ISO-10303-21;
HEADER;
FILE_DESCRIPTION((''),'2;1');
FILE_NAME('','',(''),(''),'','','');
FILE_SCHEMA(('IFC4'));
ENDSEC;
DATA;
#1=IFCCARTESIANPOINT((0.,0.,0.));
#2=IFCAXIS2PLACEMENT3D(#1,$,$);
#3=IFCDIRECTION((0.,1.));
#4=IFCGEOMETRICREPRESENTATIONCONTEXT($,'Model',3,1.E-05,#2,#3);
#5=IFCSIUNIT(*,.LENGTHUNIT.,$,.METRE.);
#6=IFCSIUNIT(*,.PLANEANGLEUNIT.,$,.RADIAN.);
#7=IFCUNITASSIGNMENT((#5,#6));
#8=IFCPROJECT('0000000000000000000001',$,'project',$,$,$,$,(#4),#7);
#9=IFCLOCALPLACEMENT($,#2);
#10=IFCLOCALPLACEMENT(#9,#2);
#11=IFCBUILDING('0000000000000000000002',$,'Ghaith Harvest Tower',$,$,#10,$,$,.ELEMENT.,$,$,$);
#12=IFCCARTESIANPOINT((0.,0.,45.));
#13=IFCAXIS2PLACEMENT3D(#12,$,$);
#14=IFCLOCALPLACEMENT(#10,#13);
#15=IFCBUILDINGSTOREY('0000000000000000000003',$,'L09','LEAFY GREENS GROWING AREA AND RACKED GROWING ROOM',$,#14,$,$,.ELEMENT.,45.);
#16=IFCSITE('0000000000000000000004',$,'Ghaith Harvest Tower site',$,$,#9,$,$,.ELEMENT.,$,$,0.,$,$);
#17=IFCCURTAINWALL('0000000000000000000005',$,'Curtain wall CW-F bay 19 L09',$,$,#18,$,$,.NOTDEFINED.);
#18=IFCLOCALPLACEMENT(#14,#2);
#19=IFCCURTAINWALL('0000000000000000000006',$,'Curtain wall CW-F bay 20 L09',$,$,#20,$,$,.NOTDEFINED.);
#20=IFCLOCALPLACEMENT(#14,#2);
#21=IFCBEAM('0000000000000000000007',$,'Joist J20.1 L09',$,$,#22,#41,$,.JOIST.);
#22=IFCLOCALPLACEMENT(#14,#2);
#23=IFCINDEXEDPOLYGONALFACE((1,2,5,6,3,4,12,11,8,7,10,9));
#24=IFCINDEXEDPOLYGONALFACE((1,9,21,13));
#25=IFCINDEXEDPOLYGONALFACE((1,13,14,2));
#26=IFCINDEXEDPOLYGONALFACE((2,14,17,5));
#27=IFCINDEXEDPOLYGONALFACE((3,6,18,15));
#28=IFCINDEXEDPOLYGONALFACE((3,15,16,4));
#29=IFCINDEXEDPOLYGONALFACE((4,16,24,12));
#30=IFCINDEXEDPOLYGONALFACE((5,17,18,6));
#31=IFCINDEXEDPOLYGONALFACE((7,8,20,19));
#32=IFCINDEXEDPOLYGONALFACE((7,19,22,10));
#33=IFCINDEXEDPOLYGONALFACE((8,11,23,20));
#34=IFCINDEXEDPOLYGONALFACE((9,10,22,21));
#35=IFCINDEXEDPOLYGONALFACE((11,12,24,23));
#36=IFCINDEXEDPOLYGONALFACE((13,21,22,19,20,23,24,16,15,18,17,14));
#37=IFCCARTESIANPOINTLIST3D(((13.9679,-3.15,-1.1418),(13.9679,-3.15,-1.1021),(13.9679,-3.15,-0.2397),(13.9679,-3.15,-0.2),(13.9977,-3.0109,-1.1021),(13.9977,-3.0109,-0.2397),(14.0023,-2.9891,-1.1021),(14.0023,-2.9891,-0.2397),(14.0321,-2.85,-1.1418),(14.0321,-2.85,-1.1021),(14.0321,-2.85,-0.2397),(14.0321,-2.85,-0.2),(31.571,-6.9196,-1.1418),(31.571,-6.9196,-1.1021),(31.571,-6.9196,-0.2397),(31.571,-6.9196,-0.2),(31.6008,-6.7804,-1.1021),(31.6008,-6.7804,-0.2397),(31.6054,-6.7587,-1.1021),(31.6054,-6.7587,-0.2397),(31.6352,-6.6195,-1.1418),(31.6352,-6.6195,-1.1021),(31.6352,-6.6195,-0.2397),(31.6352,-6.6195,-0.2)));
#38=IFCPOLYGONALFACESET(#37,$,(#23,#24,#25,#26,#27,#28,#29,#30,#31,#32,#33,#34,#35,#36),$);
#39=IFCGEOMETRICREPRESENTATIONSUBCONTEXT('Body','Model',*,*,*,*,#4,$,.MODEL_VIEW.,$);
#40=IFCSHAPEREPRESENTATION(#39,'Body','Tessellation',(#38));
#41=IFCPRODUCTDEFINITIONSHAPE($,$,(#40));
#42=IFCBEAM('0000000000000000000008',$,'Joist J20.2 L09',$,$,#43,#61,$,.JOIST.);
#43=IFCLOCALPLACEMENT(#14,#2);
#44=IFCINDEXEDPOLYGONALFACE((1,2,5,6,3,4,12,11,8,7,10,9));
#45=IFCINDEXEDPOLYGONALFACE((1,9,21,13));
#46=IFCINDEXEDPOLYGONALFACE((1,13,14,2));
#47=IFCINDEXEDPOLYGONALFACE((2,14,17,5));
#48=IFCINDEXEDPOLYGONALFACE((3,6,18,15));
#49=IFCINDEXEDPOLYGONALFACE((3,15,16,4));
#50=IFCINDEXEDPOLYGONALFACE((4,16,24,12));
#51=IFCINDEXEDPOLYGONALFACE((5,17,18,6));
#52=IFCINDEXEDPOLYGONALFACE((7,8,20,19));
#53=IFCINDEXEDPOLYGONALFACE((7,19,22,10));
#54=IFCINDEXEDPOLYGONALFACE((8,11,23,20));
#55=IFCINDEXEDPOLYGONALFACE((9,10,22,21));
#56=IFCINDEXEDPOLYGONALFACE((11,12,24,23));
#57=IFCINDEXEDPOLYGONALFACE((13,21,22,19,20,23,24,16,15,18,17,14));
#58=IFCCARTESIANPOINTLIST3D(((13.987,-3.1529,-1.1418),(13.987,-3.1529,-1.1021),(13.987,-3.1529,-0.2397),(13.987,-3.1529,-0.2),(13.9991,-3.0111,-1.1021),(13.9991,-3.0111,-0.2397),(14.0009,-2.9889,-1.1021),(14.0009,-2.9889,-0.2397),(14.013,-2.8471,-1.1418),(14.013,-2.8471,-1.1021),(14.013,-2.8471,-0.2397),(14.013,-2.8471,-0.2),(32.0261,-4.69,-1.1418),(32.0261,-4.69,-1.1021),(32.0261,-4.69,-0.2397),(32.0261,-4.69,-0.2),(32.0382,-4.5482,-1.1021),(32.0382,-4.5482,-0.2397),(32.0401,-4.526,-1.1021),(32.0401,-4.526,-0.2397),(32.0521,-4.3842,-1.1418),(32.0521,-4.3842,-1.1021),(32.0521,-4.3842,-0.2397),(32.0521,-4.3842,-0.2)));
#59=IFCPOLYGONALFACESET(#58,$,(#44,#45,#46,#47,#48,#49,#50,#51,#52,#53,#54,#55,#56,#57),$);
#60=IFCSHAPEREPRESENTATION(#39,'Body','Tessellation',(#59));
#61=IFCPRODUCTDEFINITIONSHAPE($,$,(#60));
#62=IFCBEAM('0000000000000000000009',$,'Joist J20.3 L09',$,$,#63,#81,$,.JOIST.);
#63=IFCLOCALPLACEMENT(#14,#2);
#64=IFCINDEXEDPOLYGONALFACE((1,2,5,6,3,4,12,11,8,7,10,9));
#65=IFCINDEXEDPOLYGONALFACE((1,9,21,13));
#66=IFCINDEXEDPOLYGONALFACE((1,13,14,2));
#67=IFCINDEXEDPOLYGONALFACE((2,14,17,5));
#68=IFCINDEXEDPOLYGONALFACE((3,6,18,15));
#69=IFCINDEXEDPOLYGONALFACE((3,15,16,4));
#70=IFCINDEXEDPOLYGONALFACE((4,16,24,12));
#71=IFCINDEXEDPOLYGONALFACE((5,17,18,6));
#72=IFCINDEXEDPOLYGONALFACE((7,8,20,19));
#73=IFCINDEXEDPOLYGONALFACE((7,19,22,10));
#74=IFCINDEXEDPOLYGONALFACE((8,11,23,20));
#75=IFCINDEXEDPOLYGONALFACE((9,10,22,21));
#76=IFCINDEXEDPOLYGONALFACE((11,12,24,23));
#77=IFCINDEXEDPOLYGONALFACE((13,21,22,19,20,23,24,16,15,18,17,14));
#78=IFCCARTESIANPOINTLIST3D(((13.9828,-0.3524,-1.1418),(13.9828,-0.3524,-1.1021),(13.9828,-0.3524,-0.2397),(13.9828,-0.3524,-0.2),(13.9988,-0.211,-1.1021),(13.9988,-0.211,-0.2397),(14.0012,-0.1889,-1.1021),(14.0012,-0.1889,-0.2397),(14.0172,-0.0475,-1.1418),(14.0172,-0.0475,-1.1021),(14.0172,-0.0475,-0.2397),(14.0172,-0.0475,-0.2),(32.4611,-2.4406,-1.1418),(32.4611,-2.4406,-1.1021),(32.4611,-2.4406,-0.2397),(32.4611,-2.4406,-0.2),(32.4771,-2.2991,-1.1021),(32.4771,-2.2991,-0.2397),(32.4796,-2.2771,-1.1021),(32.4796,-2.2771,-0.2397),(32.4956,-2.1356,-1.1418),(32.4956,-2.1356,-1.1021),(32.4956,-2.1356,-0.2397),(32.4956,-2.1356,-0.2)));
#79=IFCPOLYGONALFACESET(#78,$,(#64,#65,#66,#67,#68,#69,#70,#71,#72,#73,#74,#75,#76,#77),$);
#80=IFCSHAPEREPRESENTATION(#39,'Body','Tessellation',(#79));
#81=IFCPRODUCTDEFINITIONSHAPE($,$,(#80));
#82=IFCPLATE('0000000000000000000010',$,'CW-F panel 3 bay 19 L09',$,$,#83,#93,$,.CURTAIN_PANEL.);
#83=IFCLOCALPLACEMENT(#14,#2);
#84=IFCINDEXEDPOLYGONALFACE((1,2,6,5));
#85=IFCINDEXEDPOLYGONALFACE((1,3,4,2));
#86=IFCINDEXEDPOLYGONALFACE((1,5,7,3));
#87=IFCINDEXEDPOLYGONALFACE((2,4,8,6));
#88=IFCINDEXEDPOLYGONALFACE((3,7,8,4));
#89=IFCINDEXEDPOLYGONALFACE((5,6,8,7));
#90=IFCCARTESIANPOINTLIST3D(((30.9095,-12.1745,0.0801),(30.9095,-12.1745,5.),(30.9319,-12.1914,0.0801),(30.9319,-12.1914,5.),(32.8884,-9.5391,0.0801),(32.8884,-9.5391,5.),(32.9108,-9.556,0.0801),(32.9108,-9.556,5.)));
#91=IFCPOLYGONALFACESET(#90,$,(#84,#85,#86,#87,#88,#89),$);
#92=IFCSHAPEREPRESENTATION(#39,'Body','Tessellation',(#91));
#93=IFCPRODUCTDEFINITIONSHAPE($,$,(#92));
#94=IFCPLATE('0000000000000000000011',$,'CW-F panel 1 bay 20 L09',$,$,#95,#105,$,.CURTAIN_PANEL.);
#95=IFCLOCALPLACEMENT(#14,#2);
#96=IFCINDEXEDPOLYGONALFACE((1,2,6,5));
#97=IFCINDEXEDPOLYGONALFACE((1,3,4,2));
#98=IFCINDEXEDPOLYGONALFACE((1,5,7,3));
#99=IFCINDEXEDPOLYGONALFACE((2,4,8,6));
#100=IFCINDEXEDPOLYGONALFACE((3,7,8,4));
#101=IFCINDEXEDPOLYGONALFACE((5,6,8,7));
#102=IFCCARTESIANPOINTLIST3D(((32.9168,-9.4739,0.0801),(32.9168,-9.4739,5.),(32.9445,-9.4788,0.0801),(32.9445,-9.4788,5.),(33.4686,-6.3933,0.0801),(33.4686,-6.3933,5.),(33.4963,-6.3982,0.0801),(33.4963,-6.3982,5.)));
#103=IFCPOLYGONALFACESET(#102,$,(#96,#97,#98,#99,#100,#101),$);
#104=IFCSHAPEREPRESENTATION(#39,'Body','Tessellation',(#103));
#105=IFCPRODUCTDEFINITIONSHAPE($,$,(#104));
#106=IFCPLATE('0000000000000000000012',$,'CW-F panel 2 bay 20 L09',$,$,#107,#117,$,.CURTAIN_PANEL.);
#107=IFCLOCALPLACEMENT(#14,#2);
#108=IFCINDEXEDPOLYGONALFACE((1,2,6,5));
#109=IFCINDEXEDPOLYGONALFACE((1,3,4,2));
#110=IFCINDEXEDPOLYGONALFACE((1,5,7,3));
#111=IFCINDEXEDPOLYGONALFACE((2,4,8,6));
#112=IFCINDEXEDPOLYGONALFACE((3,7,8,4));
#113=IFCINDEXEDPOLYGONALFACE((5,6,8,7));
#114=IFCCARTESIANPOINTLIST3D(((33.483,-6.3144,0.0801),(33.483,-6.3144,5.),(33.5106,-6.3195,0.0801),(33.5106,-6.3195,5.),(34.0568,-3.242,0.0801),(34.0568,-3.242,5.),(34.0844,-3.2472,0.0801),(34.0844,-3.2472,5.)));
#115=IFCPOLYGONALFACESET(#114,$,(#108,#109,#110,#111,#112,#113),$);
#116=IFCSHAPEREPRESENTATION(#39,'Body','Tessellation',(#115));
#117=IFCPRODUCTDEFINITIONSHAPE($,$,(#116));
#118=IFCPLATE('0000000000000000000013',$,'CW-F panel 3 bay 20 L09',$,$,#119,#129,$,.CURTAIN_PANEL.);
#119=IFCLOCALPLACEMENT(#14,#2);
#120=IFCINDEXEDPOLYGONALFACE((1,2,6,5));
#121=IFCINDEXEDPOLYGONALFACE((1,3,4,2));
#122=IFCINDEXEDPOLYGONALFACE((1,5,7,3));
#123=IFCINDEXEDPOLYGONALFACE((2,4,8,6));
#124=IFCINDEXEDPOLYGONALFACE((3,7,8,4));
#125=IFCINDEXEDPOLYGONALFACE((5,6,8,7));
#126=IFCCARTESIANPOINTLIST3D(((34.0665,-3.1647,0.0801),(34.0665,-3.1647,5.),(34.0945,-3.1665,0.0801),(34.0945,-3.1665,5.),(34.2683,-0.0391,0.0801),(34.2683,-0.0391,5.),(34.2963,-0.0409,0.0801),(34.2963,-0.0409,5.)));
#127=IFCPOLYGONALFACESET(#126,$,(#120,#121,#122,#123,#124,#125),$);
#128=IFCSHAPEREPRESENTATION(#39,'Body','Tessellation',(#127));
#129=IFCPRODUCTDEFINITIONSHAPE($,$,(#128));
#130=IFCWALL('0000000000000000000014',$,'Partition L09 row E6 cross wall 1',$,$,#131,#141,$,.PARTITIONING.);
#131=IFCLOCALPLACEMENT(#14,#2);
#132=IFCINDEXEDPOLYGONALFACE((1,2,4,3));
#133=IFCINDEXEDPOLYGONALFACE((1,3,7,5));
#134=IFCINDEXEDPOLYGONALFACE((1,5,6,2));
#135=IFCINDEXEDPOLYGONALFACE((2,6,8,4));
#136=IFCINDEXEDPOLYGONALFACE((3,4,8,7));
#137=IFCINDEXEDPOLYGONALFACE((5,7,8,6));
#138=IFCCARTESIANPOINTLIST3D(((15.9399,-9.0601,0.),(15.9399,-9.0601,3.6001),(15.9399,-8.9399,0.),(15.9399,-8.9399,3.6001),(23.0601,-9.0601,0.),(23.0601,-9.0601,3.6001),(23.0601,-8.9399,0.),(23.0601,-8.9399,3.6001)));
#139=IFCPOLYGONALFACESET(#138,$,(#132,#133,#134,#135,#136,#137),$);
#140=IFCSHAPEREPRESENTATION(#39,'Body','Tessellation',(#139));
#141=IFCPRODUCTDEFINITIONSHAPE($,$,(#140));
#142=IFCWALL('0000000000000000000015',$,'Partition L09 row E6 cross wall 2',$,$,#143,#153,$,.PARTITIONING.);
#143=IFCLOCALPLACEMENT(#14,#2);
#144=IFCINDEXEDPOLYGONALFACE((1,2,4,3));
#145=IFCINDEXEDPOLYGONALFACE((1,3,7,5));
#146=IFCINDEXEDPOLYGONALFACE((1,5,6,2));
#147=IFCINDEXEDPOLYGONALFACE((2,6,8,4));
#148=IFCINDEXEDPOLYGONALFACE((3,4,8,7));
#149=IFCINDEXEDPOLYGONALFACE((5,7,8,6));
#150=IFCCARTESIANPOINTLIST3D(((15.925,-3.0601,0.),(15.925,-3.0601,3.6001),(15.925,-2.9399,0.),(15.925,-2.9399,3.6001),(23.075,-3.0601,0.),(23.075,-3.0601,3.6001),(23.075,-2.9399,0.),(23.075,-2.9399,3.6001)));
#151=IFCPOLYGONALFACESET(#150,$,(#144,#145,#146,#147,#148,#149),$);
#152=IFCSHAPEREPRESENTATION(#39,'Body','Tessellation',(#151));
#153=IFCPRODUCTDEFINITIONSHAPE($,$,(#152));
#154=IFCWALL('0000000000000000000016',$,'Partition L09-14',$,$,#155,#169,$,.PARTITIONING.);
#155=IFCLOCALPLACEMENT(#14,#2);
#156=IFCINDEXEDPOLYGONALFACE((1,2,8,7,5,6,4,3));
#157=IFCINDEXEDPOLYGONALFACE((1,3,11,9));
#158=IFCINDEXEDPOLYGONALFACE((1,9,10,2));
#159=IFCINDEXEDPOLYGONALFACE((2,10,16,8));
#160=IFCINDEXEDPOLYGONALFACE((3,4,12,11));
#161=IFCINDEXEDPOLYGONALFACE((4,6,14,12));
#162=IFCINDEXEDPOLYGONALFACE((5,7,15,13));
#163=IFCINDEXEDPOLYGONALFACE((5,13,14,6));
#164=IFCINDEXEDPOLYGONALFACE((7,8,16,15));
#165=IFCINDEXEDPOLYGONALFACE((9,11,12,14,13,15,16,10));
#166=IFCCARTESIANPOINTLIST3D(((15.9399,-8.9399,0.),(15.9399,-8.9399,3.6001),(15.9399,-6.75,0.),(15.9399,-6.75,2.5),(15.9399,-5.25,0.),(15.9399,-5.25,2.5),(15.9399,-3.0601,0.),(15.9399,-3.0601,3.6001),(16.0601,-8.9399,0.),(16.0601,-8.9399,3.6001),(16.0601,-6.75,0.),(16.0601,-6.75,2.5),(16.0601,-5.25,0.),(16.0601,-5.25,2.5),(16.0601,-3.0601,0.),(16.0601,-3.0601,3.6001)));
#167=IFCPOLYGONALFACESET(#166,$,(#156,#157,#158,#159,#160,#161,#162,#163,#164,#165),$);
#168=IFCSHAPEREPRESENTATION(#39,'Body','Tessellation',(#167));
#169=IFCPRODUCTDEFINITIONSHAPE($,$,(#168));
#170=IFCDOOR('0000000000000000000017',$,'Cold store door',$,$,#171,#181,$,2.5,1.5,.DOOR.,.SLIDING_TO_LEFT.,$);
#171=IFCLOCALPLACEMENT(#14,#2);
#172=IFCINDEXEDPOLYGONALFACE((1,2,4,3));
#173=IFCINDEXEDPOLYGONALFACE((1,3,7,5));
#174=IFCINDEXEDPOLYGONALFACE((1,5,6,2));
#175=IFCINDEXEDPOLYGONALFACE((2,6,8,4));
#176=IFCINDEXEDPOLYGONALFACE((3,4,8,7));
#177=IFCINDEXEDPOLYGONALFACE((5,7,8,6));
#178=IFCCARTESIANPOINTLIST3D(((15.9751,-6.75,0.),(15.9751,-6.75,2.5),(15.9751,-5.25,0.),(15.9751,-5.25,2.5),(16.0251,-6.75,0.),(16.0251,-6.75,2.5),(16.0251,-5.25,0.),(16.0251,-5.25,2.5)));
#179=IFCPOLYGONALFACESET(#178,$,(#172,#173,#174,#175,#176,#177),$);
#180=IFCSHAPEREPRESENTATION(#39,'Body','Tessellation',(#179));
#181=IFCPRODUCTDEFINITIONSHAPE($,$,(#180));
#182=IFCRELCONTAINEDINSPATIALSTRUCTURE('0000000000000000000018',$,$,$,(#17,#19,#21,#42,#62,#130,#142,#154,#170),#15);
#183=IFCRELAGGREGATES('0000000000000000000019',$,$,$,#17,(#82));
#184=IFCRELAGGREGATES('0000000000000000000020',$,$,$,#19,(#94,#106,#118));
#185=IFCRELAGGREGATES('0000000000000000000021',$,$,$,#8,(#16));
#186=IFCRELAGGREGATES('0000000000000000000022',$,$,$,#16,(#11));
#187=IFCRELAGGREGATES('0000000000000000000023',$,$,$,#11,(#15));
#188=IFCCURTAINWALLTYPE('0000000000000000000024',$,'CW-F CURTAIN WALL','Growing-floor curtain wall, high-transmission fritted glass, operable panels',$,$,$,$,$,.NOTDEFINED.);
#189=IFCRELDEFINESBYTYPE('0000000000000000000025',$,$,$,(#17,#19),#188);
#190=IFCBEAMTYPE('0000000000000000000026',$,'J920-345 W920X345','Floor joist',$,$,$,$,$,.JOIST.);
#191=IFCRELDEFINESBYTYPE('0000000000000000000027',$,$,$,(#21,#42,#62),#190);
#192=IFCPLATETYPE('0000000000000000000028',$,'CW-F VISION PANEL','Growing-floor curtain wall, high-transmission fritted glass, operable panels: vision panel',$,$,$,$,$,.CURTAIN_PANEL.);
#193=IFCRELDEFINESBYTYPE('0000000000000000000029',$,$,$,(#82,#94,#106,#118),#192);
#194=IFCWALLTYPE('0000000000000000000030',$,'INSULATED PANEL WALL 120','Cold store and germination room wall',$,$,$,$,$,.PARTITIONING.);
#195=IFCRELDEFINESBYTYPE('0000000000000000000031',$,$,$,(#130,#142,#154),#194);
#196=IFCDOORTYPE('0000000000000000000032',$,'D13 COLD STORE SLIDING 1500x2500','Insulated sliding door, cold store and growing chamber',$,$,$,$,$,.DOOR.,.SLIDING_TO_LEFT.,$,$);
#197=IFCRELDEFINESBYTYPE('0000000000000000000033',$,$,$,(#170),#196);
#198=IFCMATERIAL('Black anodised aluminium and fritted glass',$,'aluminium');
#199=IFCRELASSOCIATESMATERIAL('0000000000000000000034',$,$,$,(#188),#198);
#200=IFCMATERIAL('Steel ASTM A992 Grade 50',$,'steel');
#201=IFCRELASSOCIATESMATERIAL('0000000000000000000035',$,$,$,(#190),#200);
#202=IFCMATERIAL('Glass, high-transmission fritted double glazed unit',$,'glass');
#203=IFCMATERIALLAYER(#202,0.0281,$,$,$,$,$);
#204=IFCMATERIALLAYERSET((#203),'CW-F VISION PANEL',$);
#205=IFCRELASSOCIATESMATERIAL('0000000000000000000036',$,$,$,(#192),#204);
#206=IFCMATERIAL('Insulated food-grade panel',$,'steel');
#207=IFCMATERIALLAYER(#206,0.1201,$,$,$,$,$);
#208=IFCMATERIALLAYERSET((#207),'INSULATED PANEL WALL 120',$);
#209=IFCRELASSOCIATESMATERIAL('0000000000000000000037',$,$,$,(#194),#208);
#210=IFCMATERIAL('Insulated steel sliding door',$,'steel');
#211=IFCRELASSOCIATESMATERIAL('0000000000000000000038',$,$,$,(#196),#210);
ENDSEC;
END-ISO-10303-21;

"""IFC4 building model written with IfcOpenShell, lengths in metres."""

from ifc_helpers import new_model, si_unit, direction, frame, frame_2d, origin, origin_2d, place, context, subcontext, project, spatial, rectangle, i_section, extrude, material, layer, layer_set, material_profile, profile_set, type_object, element, fill, aggregate, save


model = new_model("IFC4")

# Units and contexts
model_context = context("Model", 3, precision=1e-05, world=origin(), true_north=direction((0.0, 1.0)))
body_context = subcontext(model_context, "Body", "Model", "MODEL_VIEW")
ifc_project = project(units=[si_unit("LENGTHUNIT", "METRE"), si_unit("PLANEANGLEUNIT", "RADIAN")], contexts=[model_context])

# Site, building, storey
site_placement = place(None, origin())
site = spatial("IfcSite", under=ifc_project, at=site_placement, Name="Ghaith Harvest Tower site", CompositionType="ELEMENT", RefElevation=0.0)
building_placement = place(site_placement, origin())
building = spatial("IfcBuilding", under=site, at=building_placement, Name="Ghaith Harvest Tower", CompositionType="ELEMENT")
storey_placement = place(building_placement, frame((0.0, 0.0, 45.0)))
storey = spatial("IfcBuildingStorey", under=building, at=storey_placement, Name="L09", Description="LEAFY GREENS GROWING AREA AND RACKED GROWING ROOM", CompositionType="ELEMENT", Elevation=45.0)

# Curtain wall
ifc_material_1 = material(Name="Black anodised aluminium and fritted glass", Category="aluminium")
curtain_wall_type = type_object("IfcCurtainWallType", Name="CW-F CURTAIN WALL", Description="Growing-floor curtain wall, high-transmission fritted glass, operable panels", PredefinedType="NOTDEFINED", material=ifc_material_1)
curtain_wall_1_placement = place(storey_placement, origin())
curtain_wall_1 = element("IfcCurtainWall", 1, at=curtain_wall_1_placement, inside=storey, type_object=curtain_wall_type, Name="Curtain wall CW-F bay 19 L09", PredefinedType="NOTDEFINED")

# Curtain wall
curtain_wall_2_placement = place(storey_placement, origin())
curtain_wall_2 = element("IfcCurtainWall", 2, at=curtain_wall_2_placement, inside=storey, type_object=curtain_wall_type, Name="Curtain wall CW-F bay 20 L09", PredefinedType="NOTDEFINED")

# Beams
ifc_material_2 = material(Name="Steel ASTM A992 Grade 50", Category="steel")
ifc_material_profile_1 = material_profile(ifc_material_2, i_section(OverallWidth=0.3069, OverallDepth=0.9419, WebThickness=0.0222, FlangeThickness=0.0398, at=origin_2d()), Name="W920X345")
ifc_profile_set_1 = profile_set([ifc_material_profile_1], Name="Steel ASTM A992 Grade 50")
beam_type_1 = type_object("IfcBeamType", Name="J920-345 W920X345", Description="Floor joist", PredefinedType="JOIST", material=ifc_profile_set_1)
beam_1_placement = place(storey_placement, frame((14.0, -3.0, -0.6709), z_axis=(0.977831, -0.209394, 0.0), x_axis=(0.209394, 0.977831, 0.0)))
element("IfcBeam", 3, at=beam_1_placement, inside=storey, type_object=beam_type_1, Name="Joist J20.1 L09", PredefinedType="JOIST", context=body_context, shape_type="SweptSolid", body=[
    extrude(i_section(OverallWidth=0.3069, OverallDepth=0.9419, WebThickness=0.0222, FlangeThickness=0.0398, at=origin_2d()), origin(), (0.0, 0.0, 1.0), 18.0022),
])
beam_2_placement = place(storey_placement, frame((14.0, -3.0, -0.6709), z_axis=(0.996389, -0.084902, 0.0), x_axis=(0.084902, 0.996389, 0.0)))
element("IfcBeam", 4, at=beam_2_placement, inside=storey, type_object=beam_type_1, Name="Joist J20.2 L09", PredefinedType="JOIST", context=body_context, shape_type="SweptSolid", body=[
    extrude(i_section(OverallWidth=0.3069, OverallDepth=0.9419, WebThickness=0.0222, FlangeThickness=0.0398, at=origin_2d()), origin(), (0.0, 0.0, 1.0), 18.1045),
])
beam_3_placement = place(storey_placement, frame((14.0, -0.2, -0.6709), z_axis=(0.993675, -0.11229, 0.0), x_axis=(0.11229, 0.993675, 0.0)))
element("IfcBeam", 5, at=beam_3_placement, inside=storey, type_object=beam_type_1, Name="Joist J20.3 L09", PredefinedType="JOIST", context=body_context, shape_type="SweptSolid", body=[
    extrude(i_section(OverallWidth=0.3069, OverallDepth=0.9419, WebThickness=0.0222, FlangeThickness=0.0398, at=origin_2d()), origin(), (0.0, 0.0, 1.0), 18.5959),
])

# Plates
ifc_material_3 = material(Name="Glass, high-transmission fritted double glazed unit", Category="glass")
ifc_layer_1 = layer(ifc_material_3, 0.0281)
ifc_layer_set_1 = layer_set([ifc_layer_1], Name="CW-F VISION PANEL")
plate_type = type_object("IfcPlateType", Name="CW-F VISION PANEL", Description="Growing-floor curtain wall, high-transmission fritted glass, operable panels: vision panel", PredefinedType="CURTAIN_PANEL", material=ifc_layer_set_1)
plate_1_placement = place(storey_placement, frame((31.9102, -10.8652, 0.0801), z_axis=(0.0, 0.0, 1.0), x_axis=(0.600454, 0.799659, 0.0)))
plate_1 = element("IfcPlate", 6, at=plate_1_placement, type_object=plate_type, Name="CW-F panel 3 bay 19 L09", PredefinedType="CURTAIN_PANEL", context=body_context, shape_type="SweptSolid", body=[
    extrude(rectangle(XDim=3.2957, YDim=0.0281, at=origin_2d()), origin(), (0.0, 0.0, 1.0), 4.9199),
])
aggregate(curtain_wall_1, [plate_1])
plate_2_placement = place(storey_placement, frame((33.2065, -7.936, 0.0801), z_axis=(0.0, 0.0, 1.0), x_axis=(0.17632, 0.984333, 0.0)))
plate_2 = element("IfcPlate", 7, at=plate_2_placement, type_object=plate_type, Name="CW-F panel 1 bay 20 L09", PredefinedType="CURTAIN_PANEL", context=body_context, shape_type="SweptSolid", body=[
    extrude(rectangle(XDim=3.1296, YDim=0.0281, at=origin_2d()), origin(), (0.0, 0.0, 1.0), 4.9199),
])
plate_3_placement = place(storey_placement, frame((33.7837, -4.7808, 0.0801), z_axis=(0.0, 0.0, 1.0), x_axis=(0.183569, 0.983007, 0.0)))
plate_3 = element("IfcPlate", 8, at=plate_3_placement, type_object=plate_type, Name="CW-F panel 2 bay 20 L09", PredefinedType="CURTAIN_PANEL", context=body_context, shape_type="SweptSolid", body=[
    extrude(rectangle(XDim=3.1255, YDim=0.0281, at=origin_2d()), origin(), (0.0, 0.0, 1.0), 4.9199),
])
plate_4_placement = place(storey_placement, frame((34.1814, -1.6028, 0.0801), z_axis=(0.0, 0.0, 1.0), x_axis=(0.064446, 0.997921, 0.0)))
plate_4 = element("IfcPlate", 9, at=plate_4_placement, type_object=plate_type, Name="CW-F panel 3 bay 20 L09", PredefinedType="CURTAIN_PANEL", context=body_context, shape_type="SweptSolid", body=[
    extrude(rectangle(XDim=3.1321, YDim=0.0281, at=origin_2d()), origin(), (0.0, 0.0, 1.0), 4.9199),
])
aggregate(curtain_wall_2, [plate_2, plate_3, plate_4])

# Walls
ifc_material_4 = material(Name="Insulated food-grade panel", Category="steel")
ifc_layer_2 = layer(ifc_material_4, 0.1201)
ifc_layer_set_2 = layer_set([ifc_layer_2], Name="INSULATED PANEL WALL 120")
wall_type_1 = type_object("IfcWallType", Name="INSULATED PANEL WALL 120", Description="Cold store and germination room wall", PredefinedType="PARTITIONING", material=ifc_layer_set_2)
wall_1_placement = place(storey_placement, frame((15.9399, -9.0, 0.0), z_axis=(0.0, 0.0, 1.0), x_axis=(1.0, 0.0, 0.0)))
element("IfcWall", 10, at=wall_1_placement, inside=storey, type_object=wall_type_1, Name="Partition L09 row E6 cross wall 1", PredefinedType="PARTITIONING", context=body_context, shape_type="SweptSolid", body=[
    extrude(rectangle(XDim=7.1201, YDim=0.1201, at=frame_2d((3.5601, 0.0))), origin(), (0.0, 0.0, 1.0), 3.6001),
])
wall_2_placement = place(storey_placement, frame((15.925, -3.0, 0.0), z_axis=(0.0, 0.0, 1.0), x_axis=(1.0, 0.0, 0.0)))
element("IfcWall", 11, at=wall_2_placement, inside=storey, type_object=wall_type_1, Name="Partition L09 row E6 cross wall 2", PredefinedType="PARTITIONING", context=body_context, shape_type="SweptSolid", body=[
    extrude(rectangle(XDim=7.1499, YDim=0.1201, at=frame_2d((3.575, 0.0))), origin(), (0.0, 0.0, 1.0), 3.6001),
])

# Wall, opening, door
wall_3_placement = place(storey_placement, frame((16.0, -8.9399, 0.0), z_axis=(0.0, 0.0, 1.0), x_axis=(0.0, 1.0, 0.0)))
wall_3 = element("IfcWall", 12, at=wall_3_placement, inside=storey, type_object=wall_type_1, Name="Partition L09-14", PredefinedType="PARTITIONING", context=body_context, shape_type="SweptSolid", body=[
    extrude(rectangle(XDim=5.8799, YDim=0.1201, at=frame_2d((2.9399, 0.0))), origin(), (0.0, 0.0, 1.0), 3.6001),
])
opening_1_placement = place(wall_3_placement, frame((2.1899, 0.0, 0.0)))
opening_1 = element("IfcOpeningElement", 13, at=opening_1_placement, cuts=wall_3, PredefinedType="OPENING", context=body_context, shape_type="SweptSolid", body=[
    extrude(rectangle(XDim=1.5, YDim=2.5, at=frame_2d((0.75, 1.25))), frame((0.0, 0.0701, 0.0), z_axis=(0.0, -1.0, 0.0), x_axis=(1.0, 0.0, 0.0)), (0.0, 0.0, 1.0), 0.1401),
])
ifc_material_5 = material(Name="Insulated steel sliding door", Category="steel")
door_type_1 = type_object("IfcDoorType", Name="D13 COLD STORE SLIDING 1500x2500", Description="Insulated sliding door, cold store and growing chamber", OperationType="SLIDING_TO_LEFT", PredefinedType="DOOR", material=ifc_material_5)
door_1_placement = place(opening_1_placement, origin())
door_1 = element("IfcDoor", 14, at=door_1_placement, inside=storey, type_object=door_type_1, Name="Cold store door", OperationType="SLIDING_TO_LEFT", OverallHeight=2.5, OverallWidth=1.5, PredefinedType="DOOR", context=body_context, shape_type="SweptSolid", body=[
    extrude(rectangle(XDim=1.5, YDim=2.5, at=frame_2d((0.75, 1.25))), frame((0.0, 0.0249, 0.0), z_axis=(0.0, -1.0, 0.0), x_axis=(1.0, 0.0, 0.0)), (0.0, 0.0, 1.0), 0.05),
])
fill(opening_1, door_1)

save(model, "model.ifc")
